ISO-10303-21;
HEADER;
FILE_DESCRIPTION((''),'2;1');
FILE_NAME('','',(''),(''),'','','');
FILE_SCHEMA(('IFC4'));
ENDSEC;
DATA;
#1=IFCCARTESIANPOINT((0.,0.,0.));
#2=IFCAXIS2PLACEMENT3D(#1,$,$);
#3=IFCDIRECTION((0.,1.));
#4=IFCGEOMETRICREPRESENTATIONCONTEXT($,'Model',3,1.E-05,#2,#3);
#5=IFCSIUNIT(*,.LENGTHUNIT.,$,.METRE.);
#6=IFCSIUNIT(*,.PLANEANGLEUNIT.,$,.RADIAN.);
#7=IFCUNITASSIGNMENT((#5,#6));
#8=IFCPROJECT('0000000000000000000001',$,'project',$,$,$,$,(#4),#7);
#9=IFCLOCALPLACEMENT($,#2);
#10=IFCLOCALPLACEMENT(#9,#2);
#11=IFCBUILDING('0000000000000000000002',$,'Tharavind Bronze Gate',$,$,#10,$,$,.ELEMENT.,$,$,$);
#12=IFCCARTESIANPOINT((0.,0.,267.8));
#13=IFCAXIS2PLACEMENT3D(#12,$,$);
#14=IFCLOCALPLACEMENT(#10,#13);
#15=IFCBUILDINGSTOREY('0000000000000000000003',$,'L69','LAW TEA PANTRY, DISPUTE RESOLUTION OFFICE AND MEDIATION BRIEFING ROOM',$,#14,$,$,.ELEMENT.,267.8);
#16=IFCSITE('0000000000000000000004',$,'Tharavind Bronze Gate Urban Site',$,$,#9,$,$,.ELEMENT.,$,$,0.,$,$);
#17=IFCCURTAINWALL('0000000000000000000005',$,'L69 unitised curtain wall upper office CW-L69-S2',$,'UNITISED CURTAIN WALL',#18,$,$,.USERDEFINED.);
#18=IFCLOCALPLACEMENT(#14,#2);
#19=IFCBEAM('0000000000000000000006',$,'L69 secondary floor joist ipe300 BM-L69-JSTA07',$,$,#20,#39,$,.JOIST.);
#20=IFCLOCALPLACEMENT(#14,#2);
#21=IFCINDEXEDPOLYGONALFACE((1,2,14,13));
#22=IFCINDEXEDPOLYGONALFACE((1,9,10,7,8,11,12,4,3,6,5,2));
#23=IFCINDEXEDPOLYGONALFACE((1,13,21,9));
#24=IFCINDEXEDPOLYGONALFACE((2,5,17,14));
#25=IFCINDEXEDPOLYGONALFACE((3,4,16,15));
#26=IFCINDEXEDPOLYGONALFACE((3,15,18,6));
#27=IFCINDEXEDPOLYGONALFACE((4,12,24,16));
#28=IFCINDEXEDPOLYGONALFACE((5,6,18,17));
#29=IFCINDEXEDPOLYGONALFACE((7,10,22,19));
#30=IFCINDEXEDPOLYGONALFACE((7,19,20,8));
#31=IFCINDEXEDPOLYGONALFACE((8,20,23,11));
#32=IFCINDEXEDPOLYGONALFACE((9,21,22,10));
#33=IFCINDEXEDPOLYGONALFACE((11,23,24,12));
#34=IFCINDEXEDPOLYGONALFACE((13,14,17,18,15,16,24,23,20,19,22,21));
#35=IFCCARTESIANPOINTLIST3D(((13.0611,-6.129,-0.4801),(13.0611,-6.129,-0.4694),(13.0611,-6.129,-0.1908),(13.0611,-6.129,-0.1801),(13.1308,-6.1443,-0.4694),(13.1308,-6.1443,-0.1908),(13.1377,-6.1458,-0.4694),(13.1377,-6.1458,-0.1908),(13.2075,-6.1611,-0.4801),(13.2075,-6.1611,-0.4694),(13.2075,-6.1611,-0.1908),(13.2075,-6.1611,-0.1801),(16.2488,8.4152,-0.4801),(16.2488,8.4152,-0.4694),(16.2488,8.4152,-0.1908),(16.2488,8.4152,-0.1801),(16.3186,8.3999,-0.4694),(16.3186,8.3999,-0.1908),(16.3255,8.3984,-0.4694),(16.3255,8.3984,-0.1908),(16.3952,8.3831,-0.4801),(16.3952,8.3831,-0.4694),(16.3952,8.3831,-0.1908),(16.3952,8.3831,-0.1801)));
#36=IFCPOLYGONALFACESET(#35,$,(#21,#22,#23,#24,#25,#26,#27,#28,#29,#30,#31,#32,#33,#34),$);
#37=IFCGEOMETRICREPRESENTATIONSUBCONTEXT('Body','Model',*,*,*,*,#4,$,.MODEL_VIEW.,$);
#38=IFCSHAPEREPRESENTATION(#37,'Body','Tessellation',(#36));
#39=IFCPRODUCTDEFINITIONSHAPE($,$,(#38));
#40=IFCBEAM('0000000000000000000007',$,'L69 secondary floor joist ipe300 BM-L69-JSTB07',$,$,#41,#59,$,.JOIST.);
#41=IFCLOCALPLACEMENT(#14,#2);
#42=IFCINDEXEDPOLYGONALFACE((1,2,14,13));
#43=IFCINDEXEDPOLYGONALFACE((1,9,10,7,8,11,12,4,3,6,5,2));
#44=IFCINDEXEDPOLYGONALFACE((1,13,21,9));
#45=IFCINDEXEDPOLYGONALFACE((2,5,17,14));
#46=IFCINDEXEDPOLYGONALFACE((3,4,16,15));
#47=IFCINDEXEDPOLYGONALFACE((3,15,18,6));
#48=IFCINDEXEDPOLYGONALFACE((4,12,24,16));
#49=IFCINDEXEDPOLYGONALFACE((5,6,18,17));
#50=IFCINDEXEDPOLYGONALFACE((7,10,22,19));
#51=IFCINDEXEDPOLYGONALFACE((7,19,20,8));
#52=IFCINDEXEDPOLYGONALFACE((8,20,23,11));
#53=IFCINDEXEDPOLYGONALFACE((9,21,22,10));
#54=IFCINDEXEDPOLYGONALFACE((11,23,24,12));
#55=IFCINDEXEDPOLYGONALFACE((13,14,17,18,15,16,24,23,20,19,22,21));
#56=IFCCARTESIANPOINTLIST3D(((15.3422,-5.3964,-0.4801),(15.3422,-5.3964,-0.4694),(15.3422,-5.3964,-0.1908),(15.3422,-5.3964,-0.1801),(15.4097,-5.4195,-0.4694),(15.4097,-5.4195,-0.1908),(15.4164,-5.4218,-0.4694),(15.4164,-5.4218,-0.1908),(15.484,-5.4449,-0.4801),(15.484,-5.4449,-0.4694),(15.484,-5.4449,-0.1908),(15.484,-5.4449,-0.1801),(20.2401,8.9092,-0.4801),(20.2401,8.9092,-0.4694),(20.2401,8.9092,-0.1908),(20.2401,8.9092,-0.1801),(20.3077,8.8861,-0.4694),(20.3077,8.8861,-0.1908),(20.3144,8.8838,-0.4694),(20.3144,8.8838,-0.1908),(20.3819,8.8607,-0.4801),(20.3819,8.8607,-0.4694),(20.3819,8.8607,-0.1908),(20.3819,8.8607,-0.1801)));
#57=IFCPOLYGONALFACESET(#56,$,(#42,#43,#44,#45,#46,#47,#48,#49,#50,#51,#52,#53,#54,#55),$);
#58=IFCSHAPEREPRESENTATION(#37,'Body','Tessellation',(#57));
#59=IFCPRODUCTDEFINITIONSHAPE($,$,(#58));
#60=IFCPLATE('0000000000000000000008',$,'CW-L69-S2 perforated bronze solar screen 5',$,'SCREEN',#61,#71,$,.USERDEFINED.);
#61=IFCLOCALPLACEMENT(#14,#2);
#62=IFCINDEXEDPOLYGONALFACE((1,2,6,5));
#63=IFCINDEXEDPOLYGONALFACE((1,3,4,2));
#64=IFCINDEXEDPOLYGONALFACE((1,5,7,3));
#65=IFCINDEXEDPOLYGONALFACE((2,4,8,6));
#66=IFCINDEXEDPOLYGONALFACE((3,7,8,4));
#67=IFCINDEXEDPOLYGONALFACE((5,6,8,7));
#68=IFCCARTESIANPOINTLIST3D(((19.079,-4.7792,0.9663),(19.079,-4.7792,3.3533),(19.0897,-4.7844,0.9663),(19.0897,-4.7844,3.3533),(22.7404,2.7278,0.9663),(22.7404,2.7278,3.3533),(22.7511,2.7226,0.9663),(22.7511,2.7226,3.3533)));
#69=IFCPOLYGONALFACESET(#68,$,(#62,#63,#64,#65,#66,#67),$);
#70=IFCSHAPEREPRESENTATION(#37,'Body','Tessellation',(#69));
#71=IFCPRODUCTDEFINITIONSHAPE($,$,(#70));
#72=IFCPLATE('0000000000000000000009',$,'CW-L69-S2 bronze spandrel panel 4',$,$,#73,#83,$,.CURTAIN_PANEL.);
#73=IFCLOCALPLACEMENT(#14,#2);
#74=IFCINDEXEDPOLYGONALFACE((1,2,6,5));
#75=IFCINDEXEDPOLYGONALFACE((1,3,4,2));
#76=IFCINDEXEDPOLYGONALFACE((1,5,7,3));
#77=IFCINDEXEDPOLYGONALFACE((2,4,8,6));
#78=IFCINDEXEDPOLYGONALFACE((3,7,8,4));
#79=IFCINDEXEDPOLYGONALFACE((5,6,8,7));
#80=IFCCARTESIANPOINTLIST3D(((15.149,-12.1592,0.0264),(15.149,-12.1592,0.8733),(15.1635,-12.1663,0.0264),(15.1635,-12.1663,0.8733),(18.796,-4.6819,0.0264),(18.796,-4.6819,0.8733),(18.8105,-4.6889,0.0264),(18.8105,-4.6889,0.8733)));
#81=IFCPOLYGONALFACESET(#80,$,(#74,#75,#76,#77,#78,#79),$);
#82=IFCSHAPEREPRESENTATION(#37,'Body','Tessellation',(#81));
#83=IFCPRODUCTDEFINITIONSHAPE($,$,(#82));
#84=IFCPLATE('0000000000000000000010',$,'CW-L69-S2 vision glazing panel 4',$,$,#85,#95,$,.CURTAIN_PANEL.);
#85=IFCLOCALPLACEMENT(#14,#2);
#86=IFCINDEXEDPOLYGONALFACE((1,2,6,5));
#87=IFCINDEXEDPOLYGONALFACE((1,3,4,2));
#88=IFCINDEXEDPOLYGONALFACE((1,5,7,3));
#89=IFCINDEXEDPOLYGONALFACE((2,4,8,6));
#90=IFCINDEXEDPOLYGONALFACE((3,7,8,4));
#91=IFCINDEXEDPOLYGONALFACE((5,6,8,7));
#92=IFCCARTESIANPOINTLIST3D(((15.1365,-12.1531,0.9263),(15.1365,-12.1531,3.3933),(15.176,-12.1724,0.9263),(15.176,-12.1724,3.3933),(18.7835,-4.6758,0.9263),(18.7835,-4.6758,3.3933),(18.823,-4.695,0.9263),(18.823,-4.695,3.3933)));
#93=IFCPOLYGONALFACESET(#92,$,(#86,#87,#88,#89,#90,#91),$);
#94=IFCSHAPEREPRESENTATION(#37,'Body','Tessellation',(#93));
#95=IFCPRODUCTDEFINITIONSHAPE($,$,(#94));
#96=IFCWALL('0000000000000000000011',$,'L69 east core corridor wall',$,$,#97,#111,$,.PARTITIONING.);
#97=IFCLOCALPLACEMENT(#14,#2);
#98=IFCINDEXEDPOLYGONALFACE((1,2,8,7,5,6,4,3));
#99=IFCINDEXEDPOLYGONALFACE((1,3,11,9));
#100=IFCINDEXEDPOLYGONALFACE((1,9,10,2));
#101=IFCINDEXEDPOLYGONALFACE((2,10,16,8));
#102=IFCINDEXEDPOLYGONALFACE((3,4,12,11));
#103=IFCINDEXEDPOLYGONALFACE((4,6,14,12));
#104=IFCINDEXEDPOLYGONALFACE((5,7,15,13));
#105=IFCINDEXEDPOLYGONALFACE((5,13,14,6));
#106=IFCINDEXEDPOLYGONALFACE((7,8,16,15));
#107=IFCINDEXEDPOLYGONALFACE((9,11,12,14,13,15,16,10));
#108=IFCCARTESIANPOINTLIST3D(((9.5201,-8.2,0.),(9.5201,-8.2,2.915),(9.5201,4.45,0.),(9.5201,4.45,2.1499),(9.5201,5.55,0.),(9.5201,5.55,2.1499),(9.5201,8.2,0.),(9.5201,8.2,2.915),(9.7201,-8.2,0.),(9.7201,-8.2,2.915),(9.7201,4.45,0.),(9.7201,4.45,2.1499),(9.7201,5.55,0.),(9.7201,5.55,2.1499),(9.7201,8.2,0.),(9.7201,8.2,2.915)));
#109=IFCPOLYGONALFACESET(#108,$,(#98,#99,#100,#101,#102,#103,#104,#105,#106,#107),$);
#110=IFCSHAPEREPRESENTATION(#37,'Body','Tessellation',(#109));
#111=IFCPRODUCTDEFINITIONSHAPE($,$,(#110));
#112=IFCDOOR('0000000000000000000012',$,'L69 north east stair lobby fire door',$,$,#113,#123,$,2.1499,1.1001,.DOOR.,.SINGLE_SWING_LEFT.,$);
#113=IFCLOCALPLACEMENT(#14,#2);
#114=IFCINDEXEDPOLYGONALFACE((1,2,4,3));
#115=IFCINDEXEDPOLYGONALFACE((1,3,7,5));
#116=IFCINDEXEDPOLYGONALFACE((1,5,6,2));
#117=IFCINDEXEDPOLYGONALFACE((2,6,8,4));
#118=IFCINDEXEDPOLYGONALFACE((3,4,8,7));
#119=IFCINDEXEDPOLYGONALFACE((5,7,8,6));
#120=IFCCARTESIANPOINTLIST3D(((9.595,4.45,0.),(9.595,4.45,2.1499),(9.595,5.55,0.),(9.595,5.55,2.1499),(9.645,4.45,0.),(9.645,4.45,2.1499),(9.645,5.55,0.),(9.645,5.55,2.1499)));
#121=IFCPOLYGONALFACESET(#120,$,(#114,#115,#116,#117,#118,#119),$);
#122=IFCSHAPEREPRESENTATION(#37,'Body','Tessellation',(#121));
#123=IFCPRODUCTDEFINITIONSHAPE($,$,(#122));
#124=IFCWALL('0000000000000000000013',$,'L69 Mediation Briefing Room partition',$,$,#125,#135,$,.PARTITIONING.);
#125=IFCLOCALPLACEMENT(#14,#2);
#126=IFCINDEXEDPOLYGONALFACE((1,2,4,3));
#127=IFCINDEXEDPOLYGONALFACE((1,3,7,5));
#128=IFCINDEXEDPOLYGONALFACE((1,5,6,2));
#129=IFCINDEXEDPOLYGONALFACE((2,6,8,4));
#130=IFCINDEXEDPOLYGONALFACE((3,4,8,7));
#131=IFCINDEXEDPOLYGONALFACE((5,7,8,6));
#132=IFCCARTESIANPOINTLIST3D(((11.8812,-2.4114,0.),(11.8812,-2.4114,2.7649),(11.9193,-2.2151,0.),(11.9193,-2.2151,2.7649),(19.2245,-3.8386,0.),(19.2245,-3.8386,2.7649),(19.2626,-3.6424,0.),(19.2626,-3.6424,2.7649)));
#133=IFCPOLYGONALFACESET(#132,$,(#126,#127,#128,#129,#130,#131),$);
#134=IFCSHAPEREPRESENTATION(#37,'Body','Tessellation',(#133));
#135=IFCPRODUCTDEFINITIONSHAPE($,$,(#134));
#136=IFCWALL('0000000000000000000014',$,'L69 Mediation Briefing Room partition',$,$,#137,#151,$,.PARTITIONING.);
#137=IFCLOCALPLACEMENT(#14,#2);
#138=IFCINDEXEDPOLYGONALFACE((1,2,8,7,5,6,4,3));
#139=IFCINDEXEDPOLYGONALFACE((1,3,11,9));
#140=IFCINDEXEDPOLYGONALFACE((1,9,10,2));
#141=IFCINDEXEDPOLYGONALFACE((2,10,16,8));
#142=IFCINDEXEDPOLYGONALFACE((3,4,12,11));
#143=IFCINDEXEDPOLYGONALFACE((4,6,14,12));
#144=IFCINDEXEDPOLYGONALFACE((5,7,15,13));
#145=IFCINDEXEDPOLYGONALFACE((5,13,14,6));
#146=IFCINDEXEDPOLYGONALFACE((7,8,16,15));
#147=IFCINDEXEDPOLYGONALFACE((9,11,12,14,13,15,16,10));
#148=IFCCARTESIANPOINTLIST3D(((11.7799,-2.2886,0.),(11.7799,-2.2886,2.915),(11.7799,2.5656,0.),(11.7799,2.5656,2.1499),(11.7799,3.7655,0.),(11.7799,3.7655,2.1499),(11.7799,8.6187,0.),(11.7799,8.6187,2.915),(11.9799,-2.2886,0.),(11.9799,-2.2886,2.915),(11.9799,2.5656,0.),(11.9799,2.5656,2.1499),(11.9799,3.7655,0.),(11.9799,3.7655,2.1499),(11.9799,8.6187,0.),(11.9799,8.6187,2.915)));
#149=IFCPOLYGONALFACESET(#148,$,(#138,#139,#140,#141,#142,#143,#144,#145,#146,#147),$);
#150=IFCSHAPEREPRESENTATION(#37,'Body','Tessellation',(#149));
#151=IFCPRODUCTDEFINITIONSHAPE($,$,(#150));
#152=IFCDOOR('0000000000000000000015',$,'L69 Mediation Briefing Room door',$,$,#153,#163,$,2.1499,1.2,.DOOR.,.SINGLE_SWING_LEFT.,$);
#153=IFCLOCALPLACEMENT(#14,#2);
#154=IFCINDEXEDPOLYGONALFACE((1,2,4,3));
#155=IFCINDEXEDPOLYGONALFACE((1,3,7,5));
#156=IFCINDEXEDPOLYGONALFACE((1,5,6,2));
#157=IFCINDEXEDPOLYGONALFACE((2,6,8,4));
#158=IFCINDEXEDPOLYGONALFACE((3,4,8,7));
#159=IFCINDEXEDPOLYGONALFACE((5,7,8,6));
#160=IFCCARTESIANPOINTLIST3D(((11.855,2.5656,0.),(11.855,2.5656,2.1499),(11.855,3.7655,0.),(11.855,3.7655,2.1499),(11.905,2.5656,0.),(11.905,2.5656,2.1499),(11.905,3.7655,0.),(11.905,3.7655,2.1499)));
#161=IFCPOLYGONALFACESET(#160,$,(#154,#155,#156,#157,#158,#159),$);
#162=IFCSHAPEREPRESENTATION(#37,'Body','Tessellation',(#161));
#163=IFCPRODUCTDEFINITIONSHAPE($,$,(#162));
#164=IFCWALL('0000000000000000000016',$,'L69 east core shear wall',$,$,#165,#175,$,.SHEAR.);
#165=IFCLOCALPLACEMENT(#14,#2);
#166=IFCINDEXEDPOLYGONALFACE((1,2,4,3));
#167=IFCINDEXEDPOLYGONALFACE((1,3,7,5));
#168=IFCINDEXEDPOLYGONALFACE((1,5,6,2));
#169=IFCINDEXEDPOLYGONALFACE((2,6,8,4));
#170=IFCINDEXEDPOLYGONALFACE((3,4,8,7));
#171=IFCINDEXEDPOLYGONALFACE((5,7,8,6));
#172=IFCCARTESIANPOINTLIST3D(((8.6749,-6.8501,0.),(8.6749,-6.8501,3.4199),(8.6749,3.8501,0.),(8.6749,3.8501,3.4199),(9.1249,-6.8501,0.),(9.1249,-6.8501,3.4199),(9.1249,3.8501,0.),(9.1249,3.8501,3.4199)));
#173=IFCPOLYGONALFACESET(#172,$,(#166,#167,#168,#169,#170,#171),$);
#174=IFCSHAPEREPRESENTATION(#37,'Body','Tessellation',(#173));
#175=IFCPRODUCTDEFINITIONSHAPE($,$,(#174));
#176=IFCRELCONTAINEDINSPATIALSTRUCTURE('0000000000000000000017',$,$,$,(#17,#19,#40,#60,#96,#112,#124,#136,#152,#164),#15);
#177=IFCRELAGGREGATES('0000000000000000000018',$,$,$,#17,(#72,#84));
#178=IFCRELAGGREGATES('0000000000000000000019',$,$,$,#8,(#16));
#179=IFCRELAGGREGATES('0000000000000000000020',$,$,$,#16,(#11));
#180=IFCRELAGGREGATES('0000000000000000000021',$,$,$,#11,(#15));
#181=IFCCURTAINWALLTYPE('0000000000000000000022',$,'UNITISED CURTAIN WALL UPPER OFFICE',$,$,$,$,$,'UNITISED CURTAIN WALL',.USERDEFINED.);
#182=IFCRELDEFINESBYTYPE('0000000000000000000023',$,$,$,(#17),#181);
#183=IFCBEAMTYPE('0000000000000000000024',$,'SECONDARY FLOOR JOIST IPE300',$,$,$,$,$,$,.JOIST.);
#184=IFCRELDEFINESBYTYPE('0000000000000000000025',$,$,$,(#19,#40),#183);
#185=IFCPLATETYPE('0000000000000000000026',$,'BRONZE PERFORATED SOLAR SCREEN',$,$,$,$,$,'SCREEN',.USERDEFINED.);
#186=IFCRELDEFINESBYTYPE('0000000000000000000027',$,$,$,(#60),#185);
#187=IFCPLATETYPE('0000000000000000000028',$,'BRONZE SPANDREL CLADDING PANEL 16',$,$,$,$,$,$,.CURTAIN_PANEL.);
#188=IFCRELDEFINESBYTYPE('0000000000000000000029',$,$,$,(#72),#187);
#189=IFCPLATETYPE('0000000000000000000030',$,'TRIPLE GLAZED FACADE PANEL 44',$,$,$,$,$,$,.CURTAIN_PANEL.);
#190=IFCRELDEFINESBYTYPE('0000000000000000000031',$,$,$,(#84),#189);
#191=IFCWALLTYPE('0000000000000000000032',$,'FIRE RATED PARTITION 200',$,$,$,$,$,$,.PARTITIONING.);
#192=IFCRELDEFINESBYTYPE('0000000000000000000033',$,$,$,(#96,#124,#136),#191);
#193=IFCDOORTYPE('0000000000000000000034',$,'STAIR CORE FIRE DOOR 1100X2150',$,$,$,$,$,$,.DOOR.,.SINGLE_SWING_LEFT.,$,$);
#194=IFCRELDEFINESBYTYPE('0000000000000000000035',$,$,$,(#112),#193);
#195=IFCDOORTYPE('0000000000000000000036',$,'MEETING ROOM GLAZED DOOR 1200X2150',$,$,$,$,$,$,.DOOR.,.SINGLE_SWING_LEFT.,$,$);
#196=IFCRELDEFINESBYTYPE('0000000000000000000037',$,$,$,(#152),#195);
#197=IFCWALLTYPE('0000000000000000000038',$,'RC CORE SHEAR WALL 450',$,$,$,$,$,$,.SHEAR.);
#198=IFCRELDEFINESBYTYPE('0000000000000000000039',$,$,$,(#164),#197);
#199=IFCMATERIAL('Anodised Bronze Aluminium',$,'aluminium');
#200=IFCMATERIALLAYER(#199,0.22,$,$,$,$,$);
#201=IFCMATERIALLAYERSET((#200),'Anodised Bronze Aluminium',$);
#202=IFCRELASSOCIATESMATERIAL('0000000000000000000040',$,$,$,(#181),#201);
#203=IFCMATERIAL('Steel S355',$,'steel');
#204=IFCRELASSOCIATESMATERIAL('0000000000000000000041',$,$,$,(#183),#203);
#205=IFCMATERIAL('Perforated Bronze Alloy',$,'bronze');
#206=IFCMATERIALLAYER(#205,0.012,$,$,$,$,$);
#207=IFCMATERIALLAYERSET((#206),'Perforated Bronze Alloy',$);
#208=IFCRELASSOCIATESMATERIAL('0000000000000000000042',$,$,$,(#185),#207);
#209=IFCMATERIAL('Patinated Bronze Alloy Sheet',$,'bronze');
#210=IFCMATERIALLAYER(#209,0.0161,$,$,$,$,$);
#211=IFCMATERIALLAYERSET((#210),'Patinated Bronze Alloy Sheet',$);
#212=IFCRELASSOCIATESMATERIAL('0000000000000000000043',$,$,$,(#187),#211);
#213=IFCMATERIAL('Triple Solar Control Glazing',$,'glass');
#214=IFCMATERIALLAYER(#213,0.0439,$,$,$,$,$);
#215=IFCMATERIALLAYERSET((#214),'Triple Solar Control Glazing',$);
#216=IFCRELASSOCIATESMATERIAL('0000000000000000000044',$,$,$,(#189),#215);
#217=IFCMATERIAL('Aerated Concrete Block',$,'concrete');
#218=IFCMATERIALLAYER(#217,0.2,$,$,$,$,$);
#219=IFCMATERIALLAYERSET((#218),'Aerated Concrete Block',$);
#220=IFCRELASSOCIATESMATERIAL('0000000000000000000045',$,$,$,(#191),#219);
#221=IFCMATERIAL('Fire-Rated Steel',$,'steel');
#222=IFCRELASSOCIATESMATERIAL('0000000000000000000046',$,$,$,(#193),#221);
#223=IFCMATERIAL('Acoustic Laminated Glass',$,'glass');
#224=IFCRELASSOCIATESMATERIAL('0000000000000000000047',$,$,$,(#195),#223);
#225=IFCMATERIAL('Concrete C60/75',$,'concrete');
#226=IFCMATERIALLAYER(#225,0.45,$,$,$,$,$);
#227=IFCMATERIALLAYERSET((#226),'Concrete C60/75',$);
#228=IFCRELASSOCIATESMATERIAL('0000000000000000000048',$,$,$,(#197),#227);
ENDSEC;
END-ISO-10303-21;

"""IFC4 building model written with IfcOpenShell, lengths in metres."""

from ifc_helpers import new_model, si_unit, direction, frame, frame_2d, origin, origin_2d, place, context, subcontext, project, spatial, rectangle, i_section, extrude, material, layer, layer_set, material_profile, profile_set, type_object, element, fill, aggregate, save


model = new_model("IFC4")

# Units and contexts
model_context = context("Model", 3, precision=1e-05, world=origin(), true_north=direction((0.0, 1.0)))
body_context = subcontext(model_context, "Body", "Model", "MODEL_VIEW")
ifc_project = project(units=[si_unit("LENGTHUNIT", "METRE"), si_unit("PLANEANGLEUNIT", "RADIAN")], contexts=[model_context])

# Site, building, storey
site_placement = place(None, origin())
site = spatial("IfcSite", under=ifc_project, at=site_placement, Name="Tharavind Bronze Gate Urban Site", CompositionType="ELEMENT", RefElevation=0.0)
building_placement = place(site_placement, origin())
building = spatial("IfcBuilding", under=site, at=building_placement, Name="Tharavind Bronze Gate", CompositionType="ELEMENT")
storey_placement = place(building_placement, frame((0.0, 0.0, 267.8)))
storey = spatial("IfcBuildingStorey", under=building, at=storey_placement, Name="L69", Description="LAW TEA PANTRY, DISPUTE RESOLUTION OFFICE AND MEDIATION BRIEFING ROOM", CompositionType="ELEMENT", Elevation=267.8)

# Curtain wall
ifc_material_1 = material(Name="Anodised Bronze Aluminium", Category="aluminium")
ifc_layer_1 = layer(ifc_material_1, 0.22)
ifc_layer_set_1 = layer_set([ifc_layer_1], Name="Anodised Bronze Aluminium")
curtain_wall_type = type_object("IfcCurtainWallType", Name="UNITISED CURTAIN WALL UPPER OFFICE", ElementType="UNITISED CURTAIN WALL", PredefinedType="USERDEFINED", material=ifc_layer_set_1)
curtain_wall_placement = place(storey_placement, origin())
curtain_wall = element("IfcCurtainWall", 1, at=curtain_wall_placement, inside=storey, type_object=curtain_wall_type, Name="L69 unitised curtain wall upper office CW-L69-S2", ObjectType="UNITISED CURTAIN WALL", PredefinedType="USERDEFINED")

# Beams
ifc_material_2 = material(Name="Steel S355", Category="steel")
ifc_material_profile_1 = material_profile(ifc_material_2, i_section(OverallWidth=0.1499, OverallDepth=0.3, WebThickness=0.0071, FlangeThickness=0.0107, at=origin_2d()), Name="IPE300")
ifc_profile_set_1 = profile_set([ifc_material_profile_1], Name="Steel S355")
beam_type_1 = type_object("IfcBeamType", Name="SECONDARY FLOOR JOIST IPE300", PredefinedType="JOIST", material=ifc_profile_set_1)
beam_1_placement = place(storey_placement, frame((13.1343, -6.145, -0.3301), z_axis=(0.214094, 0.976813, 0.0), x_axis=(-0.976813, 0.214094, 0.0)))
element("IfcBeam", 2, at=beam_1_placement, inside=storey, type_object=beam_type_1, Name="L69 secondary floor joist ipe300 BM-L69-JSTA07", PredefinedType="JOIST", context=body_context, shape_type="SweptSolid", body=[
    extrude(i_section(OverallWidth=0.1499, OverallDepth=0.3, WebThickness=0.0071, FlangeThickness=0.0107, at=origin_2d()), origin(), (0.0, 0.0, 1.0), 14.8894),
])
beam_2_placement = place(storey_placement, frame((15.4131, -5.4207, -0.3301), z_axis=(0.323919, 0.946085, 0.0), x_axis=(-0.946085, 0.323919, 0.0)))
element("IfcBeam", 3, at=beam_2_placement, inside=storey, type_object=beam_type_1, Name="L69 secondary floor joist ipe300 BM-L69-JSTB07", PredefinedType="JOIST", context=body_context, shape_type="SweptSolid", body=[
    extrude(i_section(OverallWidth=0.1499, OverallDepth=0.3, WebThickness=0.0071, FlangeThickness=0.0107, at=origin_2d()), origin(), (0.0, 0.0, 1.0), 15.1208),
])

# Plates
ifc_material_3 = material(Name="Perforated Bronze Alloy", Category="bronze")
ifc_layer_2 = layer(ifc_material_3, 0.012)
ifc_layer_set_2 = layer_set([ifc_layer_2], Name="Perforated Bronze Alloy")
plate_type_1 = type_object("IfcPlateType", Name="BRONZE PERFORATED SOLAR SCREEN", ElementType="SCREEN", PredefinedType="USERDEFINED", material=ifc_layer_set_2)
plate_1_placement = place(storey_placement, frame((20.915, -1.0283, 0.9663), z_axis=(0.0, 0.0, 1.0), x_axis=(0.438373, 0.898793, 0.0)))
element("IfcPlate", 4, at=plate_1_placement, inside=storey, type_object=plate_type_1, Name="CW-L69-S2 perforated bronze solar screen 5", ObjectType="SCREEN", PredefinedType="USERDEFINED", context=body_context, shape_type="SweptSolid", body=[
    extrude(rectangle(XDim=8.3523, YDim=0.012, at=origin_2d()), origin(), (0.0, 0.0, 1.0), 2.387),
])
ifc_material_4 = material(Name="Patinated Bronze Alloy Sheet", Category="bronze")
ifc_layer_3 = layer(ifc_material_4, 0.0161)
ifc_layer_set_3 = layer_set([ifc_layer_3], Name="Patinated Bronze Alloy Sheet")
plate_type_2 = type_object("IfcPlateType", Name="BRONZE SPANDREL CLADDING PANEL 16", PredefinedType="CURTAIN_PANEL", material=ifc_layer_set_3)
plate_2_placement = place(storey_placement, frame((16.9797, -8.4241, 0.0264), z_axis=(0.0, 0.0, 1.0), x_axis=(0.438373, 0.898793, 0.0)))
plate_2 = element("IfcPlate", 5, at=plate_2_placement, type_object=plate_type_2, Name="CW-L69-S2 bronze spandrel panel 4", PredefinedType="CURTAIN_PANEL", context=body_context, shape_type="SweptSolid", body=[
    extrude(rectangle(XDim=8.3193, YDim=0.0161, at=origin_2d()), origin(), (0.0, 0.0, 1.0), 0.8469),
])
ifc_material_5 = material(Name="Triple Solar Control Glazing", Category="glass")
ifc_layer_4 = layer(ifc_material_5, 0.0439)
ifc_layer_set_4 = layer_set([ifc_layer_4], Name="Triple Solar Control Glazing")
plate_type_3 = type_object("IfcPlateType", Name="TRIPLE GLAZED FACADE PANEL 44", PredefinedType="CURTAIN_PANEL", material=ifc_layer_set_4)
plate_3_placement = place(storey_placement, frame((16.9797, -8.4241, 0.9263), z_axis=(0.0, 0.0, 1.0), x_axis=(0.438373, 0.898793, 0.0)))
plate_3 = element("IfcPlate", 6, at=plate_3_placement, type_object=plate_type_3, Name="CW-L69-S2 vision glazing panel 4", PredefinedType="CURTAIN_PANEL", context=body_context, shape_type="SweptSolid", body=[
    extrude(rectangle(XDim=8.3193, YDim=0.0439, at=origin_2d()), origin(), (0.0, 0.0, 1.0), 2.467),
])
aggregate(curtain_wall, [plate_2, plate_3])

# Wall, opening, door
ifc_material_6 = material(Name="Aerated Concrete Block", Category="concrete")
ifc_layer_5 = layer(ifc_material_6, 0.2)
ifc_layer_set_5 = layer_set([ifc_layer_5], Name="Aerated Concrete Block")
wall_type_1 = type_object("IfcWallType", Name="FIRE RATED PARTITION 200", PredefinedType="PARTITIONING", material=ifc_layer_set_5)
wall_1_placement = place(storey_placement, frame((9.6201, -8.2, 0.0), z_axis=(0.0, 0.0, 1.0), x_axis=(0.0, 1.0, 0.0)))
wall_1 = element("IfcWall", 7, at=wall_1_placement, inside=storey, type_object=wall_type_1, Name="L69 east core corridor wall", PredefinedType="PARTITIONING", context=body_context, shape_type="SweptSolid", body=[
    extrude(rectangle(XDim=16.3999, YDim=0.2, at=frame_2d((8.2, 0.0))), origin(), (0.0, 0.0, 1.0), 2.915),
])
opening_1_placement = place(wall_1_placement, frame((12.6499, 0.0, 0.0)))
opening_1 = element("IfcOpeningElement", 8, at=opening_1_placement, cuts=wall_1, PredefinedType="OPENING", context=body_context, shape_type="SweptSolid", body=[
    extrude(rectangle(XDim=1.1001, YDim=2.1499, at=frame_2d((0.55, 1.075))), frame((0.0, 0.1101, 0.0), z_axis=(0.0, -1.0, 0.0), x_axis=(1.0, 0.0, 0.0)), (0.0, 0.0, 1.0), 0.22),
])
ifc_material_7 = material(Name="Fire-Rated Steel", Category="steel")
door_type_1 = type_object("IfcDoorType", Name="STAIR CORE FIRE DOOR 1100X2150", OperationType="SINGLE_SWING_LEFT", PredefinedType="DOOR", material=ifc_material_7)
door_1_placement = place(opening_1_placement, frame((1.1001, 0.0, 0.0), z_axis=(0.0, 0.0, 1.0), x_axis=(-1.0, 0.0, 0.0)))
door_1 = element("IfcDoor", 9, at=door_1_placement, inside=storey, type_object=door_type_1, Name="L69 north east stair lobby fire door", OperationType="SINGLE_SWING_LEFT", OverallHeight=2.1499, OverallWidth=1.1001, PredefinedType="DOOR", context=body_context, shape_type="SweptSolid", body=[
    extrude(rectangle(XDim=1.1001, YDim=2.1499, at=frame_2d((0.55, 1.075))), frame((0.0, 0.0249, 0.0), z_axis=(0.0, -1.0, 0.0), x_axis=(1.0, 0.0, 0.0)), (0.0, 0.0, 1.0), 0.05),
])
fill(opening_1, door_1)

# Wall
wall_2_placement = place(storey_placement, frame((19.2434, -3.7405, 0.0), z_axis=(0.0, 0.0, 1.0), x_axis=(-0.981631, 0.190791, 0.0)))
element("IfcWall", 10, at=wall_2_placement, inside=storey, type_object=wall_type_1, Name="L69 Mediation Briefing Room partition", PredefinedType="PARTITIONING", context=body_context, shape_type="SweptSolid", body=[
    extrude(rectangle(XDim=7.4807, YDim=0.2, at=frame_2d((3.7402, 0.0))), origin(), (0.0, 0.0, 1.0), 2.7649),
])

# Wall, opening, door
wall_3_placement = place(storey_placement, frame((11.8799, -2.2886, 0.0), z_axis=(0.0, 0.0, 1.0), x_axis=(0.0, 1.0, 0.0)))
wall_3 = element("IfcWall", 11, at=wall_3_placement, inside=storey, type_object=wall_type_1, Name="L69 Mediation Briefing Room partition", PredefinedType="PARTITIONING", context=body_context, shape_type="SweptSolid", body=[
    extrude(rectangle(XDim=10.9072, YDim=0.2, at=frame_2d((5.4536, 0.0))), origin(), (0.0, 0.0, 1.0), 2.915),
])
opening_2_placement = place(wall_3_placement, frame((4.854, 0.0, 0.0)))
opening_2 = element("IfcOpeningElement", 12, at=opening_2_placement, cuts=wall_3, PredefinedType="OPENING", context=body_context, shape_type="SweptSolid", body=[
    extrude(rectangle(XDim=1.2, YDim=2.1499, at=frame_2d((0.6001, 1.075))), frame((0.0, 0.1101, 0.0), z_axis=(0.0, -1.0, 0.0), x_axis=(1.0, 0.0, 0.0)), (0.0, 0.0, 1.0), 0.22),
])
ifc_material_8 = material(Name="Acoustic Laminated Glass", Category="glass")
door_type_2 = type_object("IfcDoorType", Name="MEETING ROOM GLAZED DOOR 1200X2150", OperationType="SINGLE_SWING_LEFT", PredefinedType="DOOR", material=ifc_material_8)
door_2_placement = place(opening_2_placement, origin())
door_2 = element("IfcDoor", 13, at=door_2_placement, inside=storey, type_object=door_type_2, Name="L69 Mediation Briefing Room door", OperationType="SINGLE_SWING_LEFT", OverallHeight=2.1499, OverallWidth=1.2, PredefinedType="DOOR", context=body_context, shape_type="SweptSolid", body=[
    extrude(rectangle(XDim=1.2, YDim=2.1499, at=frame_2d((0.6001, 1.075))), frame((0.0, 0.0249, 0.0), z_axis=(0.0, -1.0, 0.0), x_axis=(1.0, 0.0, 0.0)), (0.0, 0.0, 1.0), 0.05),
])
fill(opening_2, door_2)

# Wall
ifc_material_9 = material(Name="Concrete C60/75", Category="concrete")
ifc_layer_6 = layer(ifc_material_9, 0.45)
ifc_layer_set_6 = layer_set([ifc_layer_6], Name="Concrete C60/75")
wall_type_2 = type_object("IfcWallType", Name="RC CORE SHEAR WALL 450", PredefinedType="SHEAR", material=ifc_layer_set_6)
wall_4_placement = place(storey_placement, frame((8.8999, -6.8501, 0.0), z_axis=(0.0, 0.0, 1.0), x_axis=(0.0, 1.0, 0.0)))
element("IfcWall", 14, at=wall_4_placement, inside=storey, type_object=wall_type_2, Name="L69 east core shear wall", PredefinedType="SHEAR", context=body_context, shape_type="SweptSolid", body=[
    extrude(rectangle(XDim=10.7002, YDim=0.45, at=frame_2d((5.3501, 0.0))), origin(), (0.0, 0.0, 1.0), 3.4199),
])

save(model, "model.ifc")
